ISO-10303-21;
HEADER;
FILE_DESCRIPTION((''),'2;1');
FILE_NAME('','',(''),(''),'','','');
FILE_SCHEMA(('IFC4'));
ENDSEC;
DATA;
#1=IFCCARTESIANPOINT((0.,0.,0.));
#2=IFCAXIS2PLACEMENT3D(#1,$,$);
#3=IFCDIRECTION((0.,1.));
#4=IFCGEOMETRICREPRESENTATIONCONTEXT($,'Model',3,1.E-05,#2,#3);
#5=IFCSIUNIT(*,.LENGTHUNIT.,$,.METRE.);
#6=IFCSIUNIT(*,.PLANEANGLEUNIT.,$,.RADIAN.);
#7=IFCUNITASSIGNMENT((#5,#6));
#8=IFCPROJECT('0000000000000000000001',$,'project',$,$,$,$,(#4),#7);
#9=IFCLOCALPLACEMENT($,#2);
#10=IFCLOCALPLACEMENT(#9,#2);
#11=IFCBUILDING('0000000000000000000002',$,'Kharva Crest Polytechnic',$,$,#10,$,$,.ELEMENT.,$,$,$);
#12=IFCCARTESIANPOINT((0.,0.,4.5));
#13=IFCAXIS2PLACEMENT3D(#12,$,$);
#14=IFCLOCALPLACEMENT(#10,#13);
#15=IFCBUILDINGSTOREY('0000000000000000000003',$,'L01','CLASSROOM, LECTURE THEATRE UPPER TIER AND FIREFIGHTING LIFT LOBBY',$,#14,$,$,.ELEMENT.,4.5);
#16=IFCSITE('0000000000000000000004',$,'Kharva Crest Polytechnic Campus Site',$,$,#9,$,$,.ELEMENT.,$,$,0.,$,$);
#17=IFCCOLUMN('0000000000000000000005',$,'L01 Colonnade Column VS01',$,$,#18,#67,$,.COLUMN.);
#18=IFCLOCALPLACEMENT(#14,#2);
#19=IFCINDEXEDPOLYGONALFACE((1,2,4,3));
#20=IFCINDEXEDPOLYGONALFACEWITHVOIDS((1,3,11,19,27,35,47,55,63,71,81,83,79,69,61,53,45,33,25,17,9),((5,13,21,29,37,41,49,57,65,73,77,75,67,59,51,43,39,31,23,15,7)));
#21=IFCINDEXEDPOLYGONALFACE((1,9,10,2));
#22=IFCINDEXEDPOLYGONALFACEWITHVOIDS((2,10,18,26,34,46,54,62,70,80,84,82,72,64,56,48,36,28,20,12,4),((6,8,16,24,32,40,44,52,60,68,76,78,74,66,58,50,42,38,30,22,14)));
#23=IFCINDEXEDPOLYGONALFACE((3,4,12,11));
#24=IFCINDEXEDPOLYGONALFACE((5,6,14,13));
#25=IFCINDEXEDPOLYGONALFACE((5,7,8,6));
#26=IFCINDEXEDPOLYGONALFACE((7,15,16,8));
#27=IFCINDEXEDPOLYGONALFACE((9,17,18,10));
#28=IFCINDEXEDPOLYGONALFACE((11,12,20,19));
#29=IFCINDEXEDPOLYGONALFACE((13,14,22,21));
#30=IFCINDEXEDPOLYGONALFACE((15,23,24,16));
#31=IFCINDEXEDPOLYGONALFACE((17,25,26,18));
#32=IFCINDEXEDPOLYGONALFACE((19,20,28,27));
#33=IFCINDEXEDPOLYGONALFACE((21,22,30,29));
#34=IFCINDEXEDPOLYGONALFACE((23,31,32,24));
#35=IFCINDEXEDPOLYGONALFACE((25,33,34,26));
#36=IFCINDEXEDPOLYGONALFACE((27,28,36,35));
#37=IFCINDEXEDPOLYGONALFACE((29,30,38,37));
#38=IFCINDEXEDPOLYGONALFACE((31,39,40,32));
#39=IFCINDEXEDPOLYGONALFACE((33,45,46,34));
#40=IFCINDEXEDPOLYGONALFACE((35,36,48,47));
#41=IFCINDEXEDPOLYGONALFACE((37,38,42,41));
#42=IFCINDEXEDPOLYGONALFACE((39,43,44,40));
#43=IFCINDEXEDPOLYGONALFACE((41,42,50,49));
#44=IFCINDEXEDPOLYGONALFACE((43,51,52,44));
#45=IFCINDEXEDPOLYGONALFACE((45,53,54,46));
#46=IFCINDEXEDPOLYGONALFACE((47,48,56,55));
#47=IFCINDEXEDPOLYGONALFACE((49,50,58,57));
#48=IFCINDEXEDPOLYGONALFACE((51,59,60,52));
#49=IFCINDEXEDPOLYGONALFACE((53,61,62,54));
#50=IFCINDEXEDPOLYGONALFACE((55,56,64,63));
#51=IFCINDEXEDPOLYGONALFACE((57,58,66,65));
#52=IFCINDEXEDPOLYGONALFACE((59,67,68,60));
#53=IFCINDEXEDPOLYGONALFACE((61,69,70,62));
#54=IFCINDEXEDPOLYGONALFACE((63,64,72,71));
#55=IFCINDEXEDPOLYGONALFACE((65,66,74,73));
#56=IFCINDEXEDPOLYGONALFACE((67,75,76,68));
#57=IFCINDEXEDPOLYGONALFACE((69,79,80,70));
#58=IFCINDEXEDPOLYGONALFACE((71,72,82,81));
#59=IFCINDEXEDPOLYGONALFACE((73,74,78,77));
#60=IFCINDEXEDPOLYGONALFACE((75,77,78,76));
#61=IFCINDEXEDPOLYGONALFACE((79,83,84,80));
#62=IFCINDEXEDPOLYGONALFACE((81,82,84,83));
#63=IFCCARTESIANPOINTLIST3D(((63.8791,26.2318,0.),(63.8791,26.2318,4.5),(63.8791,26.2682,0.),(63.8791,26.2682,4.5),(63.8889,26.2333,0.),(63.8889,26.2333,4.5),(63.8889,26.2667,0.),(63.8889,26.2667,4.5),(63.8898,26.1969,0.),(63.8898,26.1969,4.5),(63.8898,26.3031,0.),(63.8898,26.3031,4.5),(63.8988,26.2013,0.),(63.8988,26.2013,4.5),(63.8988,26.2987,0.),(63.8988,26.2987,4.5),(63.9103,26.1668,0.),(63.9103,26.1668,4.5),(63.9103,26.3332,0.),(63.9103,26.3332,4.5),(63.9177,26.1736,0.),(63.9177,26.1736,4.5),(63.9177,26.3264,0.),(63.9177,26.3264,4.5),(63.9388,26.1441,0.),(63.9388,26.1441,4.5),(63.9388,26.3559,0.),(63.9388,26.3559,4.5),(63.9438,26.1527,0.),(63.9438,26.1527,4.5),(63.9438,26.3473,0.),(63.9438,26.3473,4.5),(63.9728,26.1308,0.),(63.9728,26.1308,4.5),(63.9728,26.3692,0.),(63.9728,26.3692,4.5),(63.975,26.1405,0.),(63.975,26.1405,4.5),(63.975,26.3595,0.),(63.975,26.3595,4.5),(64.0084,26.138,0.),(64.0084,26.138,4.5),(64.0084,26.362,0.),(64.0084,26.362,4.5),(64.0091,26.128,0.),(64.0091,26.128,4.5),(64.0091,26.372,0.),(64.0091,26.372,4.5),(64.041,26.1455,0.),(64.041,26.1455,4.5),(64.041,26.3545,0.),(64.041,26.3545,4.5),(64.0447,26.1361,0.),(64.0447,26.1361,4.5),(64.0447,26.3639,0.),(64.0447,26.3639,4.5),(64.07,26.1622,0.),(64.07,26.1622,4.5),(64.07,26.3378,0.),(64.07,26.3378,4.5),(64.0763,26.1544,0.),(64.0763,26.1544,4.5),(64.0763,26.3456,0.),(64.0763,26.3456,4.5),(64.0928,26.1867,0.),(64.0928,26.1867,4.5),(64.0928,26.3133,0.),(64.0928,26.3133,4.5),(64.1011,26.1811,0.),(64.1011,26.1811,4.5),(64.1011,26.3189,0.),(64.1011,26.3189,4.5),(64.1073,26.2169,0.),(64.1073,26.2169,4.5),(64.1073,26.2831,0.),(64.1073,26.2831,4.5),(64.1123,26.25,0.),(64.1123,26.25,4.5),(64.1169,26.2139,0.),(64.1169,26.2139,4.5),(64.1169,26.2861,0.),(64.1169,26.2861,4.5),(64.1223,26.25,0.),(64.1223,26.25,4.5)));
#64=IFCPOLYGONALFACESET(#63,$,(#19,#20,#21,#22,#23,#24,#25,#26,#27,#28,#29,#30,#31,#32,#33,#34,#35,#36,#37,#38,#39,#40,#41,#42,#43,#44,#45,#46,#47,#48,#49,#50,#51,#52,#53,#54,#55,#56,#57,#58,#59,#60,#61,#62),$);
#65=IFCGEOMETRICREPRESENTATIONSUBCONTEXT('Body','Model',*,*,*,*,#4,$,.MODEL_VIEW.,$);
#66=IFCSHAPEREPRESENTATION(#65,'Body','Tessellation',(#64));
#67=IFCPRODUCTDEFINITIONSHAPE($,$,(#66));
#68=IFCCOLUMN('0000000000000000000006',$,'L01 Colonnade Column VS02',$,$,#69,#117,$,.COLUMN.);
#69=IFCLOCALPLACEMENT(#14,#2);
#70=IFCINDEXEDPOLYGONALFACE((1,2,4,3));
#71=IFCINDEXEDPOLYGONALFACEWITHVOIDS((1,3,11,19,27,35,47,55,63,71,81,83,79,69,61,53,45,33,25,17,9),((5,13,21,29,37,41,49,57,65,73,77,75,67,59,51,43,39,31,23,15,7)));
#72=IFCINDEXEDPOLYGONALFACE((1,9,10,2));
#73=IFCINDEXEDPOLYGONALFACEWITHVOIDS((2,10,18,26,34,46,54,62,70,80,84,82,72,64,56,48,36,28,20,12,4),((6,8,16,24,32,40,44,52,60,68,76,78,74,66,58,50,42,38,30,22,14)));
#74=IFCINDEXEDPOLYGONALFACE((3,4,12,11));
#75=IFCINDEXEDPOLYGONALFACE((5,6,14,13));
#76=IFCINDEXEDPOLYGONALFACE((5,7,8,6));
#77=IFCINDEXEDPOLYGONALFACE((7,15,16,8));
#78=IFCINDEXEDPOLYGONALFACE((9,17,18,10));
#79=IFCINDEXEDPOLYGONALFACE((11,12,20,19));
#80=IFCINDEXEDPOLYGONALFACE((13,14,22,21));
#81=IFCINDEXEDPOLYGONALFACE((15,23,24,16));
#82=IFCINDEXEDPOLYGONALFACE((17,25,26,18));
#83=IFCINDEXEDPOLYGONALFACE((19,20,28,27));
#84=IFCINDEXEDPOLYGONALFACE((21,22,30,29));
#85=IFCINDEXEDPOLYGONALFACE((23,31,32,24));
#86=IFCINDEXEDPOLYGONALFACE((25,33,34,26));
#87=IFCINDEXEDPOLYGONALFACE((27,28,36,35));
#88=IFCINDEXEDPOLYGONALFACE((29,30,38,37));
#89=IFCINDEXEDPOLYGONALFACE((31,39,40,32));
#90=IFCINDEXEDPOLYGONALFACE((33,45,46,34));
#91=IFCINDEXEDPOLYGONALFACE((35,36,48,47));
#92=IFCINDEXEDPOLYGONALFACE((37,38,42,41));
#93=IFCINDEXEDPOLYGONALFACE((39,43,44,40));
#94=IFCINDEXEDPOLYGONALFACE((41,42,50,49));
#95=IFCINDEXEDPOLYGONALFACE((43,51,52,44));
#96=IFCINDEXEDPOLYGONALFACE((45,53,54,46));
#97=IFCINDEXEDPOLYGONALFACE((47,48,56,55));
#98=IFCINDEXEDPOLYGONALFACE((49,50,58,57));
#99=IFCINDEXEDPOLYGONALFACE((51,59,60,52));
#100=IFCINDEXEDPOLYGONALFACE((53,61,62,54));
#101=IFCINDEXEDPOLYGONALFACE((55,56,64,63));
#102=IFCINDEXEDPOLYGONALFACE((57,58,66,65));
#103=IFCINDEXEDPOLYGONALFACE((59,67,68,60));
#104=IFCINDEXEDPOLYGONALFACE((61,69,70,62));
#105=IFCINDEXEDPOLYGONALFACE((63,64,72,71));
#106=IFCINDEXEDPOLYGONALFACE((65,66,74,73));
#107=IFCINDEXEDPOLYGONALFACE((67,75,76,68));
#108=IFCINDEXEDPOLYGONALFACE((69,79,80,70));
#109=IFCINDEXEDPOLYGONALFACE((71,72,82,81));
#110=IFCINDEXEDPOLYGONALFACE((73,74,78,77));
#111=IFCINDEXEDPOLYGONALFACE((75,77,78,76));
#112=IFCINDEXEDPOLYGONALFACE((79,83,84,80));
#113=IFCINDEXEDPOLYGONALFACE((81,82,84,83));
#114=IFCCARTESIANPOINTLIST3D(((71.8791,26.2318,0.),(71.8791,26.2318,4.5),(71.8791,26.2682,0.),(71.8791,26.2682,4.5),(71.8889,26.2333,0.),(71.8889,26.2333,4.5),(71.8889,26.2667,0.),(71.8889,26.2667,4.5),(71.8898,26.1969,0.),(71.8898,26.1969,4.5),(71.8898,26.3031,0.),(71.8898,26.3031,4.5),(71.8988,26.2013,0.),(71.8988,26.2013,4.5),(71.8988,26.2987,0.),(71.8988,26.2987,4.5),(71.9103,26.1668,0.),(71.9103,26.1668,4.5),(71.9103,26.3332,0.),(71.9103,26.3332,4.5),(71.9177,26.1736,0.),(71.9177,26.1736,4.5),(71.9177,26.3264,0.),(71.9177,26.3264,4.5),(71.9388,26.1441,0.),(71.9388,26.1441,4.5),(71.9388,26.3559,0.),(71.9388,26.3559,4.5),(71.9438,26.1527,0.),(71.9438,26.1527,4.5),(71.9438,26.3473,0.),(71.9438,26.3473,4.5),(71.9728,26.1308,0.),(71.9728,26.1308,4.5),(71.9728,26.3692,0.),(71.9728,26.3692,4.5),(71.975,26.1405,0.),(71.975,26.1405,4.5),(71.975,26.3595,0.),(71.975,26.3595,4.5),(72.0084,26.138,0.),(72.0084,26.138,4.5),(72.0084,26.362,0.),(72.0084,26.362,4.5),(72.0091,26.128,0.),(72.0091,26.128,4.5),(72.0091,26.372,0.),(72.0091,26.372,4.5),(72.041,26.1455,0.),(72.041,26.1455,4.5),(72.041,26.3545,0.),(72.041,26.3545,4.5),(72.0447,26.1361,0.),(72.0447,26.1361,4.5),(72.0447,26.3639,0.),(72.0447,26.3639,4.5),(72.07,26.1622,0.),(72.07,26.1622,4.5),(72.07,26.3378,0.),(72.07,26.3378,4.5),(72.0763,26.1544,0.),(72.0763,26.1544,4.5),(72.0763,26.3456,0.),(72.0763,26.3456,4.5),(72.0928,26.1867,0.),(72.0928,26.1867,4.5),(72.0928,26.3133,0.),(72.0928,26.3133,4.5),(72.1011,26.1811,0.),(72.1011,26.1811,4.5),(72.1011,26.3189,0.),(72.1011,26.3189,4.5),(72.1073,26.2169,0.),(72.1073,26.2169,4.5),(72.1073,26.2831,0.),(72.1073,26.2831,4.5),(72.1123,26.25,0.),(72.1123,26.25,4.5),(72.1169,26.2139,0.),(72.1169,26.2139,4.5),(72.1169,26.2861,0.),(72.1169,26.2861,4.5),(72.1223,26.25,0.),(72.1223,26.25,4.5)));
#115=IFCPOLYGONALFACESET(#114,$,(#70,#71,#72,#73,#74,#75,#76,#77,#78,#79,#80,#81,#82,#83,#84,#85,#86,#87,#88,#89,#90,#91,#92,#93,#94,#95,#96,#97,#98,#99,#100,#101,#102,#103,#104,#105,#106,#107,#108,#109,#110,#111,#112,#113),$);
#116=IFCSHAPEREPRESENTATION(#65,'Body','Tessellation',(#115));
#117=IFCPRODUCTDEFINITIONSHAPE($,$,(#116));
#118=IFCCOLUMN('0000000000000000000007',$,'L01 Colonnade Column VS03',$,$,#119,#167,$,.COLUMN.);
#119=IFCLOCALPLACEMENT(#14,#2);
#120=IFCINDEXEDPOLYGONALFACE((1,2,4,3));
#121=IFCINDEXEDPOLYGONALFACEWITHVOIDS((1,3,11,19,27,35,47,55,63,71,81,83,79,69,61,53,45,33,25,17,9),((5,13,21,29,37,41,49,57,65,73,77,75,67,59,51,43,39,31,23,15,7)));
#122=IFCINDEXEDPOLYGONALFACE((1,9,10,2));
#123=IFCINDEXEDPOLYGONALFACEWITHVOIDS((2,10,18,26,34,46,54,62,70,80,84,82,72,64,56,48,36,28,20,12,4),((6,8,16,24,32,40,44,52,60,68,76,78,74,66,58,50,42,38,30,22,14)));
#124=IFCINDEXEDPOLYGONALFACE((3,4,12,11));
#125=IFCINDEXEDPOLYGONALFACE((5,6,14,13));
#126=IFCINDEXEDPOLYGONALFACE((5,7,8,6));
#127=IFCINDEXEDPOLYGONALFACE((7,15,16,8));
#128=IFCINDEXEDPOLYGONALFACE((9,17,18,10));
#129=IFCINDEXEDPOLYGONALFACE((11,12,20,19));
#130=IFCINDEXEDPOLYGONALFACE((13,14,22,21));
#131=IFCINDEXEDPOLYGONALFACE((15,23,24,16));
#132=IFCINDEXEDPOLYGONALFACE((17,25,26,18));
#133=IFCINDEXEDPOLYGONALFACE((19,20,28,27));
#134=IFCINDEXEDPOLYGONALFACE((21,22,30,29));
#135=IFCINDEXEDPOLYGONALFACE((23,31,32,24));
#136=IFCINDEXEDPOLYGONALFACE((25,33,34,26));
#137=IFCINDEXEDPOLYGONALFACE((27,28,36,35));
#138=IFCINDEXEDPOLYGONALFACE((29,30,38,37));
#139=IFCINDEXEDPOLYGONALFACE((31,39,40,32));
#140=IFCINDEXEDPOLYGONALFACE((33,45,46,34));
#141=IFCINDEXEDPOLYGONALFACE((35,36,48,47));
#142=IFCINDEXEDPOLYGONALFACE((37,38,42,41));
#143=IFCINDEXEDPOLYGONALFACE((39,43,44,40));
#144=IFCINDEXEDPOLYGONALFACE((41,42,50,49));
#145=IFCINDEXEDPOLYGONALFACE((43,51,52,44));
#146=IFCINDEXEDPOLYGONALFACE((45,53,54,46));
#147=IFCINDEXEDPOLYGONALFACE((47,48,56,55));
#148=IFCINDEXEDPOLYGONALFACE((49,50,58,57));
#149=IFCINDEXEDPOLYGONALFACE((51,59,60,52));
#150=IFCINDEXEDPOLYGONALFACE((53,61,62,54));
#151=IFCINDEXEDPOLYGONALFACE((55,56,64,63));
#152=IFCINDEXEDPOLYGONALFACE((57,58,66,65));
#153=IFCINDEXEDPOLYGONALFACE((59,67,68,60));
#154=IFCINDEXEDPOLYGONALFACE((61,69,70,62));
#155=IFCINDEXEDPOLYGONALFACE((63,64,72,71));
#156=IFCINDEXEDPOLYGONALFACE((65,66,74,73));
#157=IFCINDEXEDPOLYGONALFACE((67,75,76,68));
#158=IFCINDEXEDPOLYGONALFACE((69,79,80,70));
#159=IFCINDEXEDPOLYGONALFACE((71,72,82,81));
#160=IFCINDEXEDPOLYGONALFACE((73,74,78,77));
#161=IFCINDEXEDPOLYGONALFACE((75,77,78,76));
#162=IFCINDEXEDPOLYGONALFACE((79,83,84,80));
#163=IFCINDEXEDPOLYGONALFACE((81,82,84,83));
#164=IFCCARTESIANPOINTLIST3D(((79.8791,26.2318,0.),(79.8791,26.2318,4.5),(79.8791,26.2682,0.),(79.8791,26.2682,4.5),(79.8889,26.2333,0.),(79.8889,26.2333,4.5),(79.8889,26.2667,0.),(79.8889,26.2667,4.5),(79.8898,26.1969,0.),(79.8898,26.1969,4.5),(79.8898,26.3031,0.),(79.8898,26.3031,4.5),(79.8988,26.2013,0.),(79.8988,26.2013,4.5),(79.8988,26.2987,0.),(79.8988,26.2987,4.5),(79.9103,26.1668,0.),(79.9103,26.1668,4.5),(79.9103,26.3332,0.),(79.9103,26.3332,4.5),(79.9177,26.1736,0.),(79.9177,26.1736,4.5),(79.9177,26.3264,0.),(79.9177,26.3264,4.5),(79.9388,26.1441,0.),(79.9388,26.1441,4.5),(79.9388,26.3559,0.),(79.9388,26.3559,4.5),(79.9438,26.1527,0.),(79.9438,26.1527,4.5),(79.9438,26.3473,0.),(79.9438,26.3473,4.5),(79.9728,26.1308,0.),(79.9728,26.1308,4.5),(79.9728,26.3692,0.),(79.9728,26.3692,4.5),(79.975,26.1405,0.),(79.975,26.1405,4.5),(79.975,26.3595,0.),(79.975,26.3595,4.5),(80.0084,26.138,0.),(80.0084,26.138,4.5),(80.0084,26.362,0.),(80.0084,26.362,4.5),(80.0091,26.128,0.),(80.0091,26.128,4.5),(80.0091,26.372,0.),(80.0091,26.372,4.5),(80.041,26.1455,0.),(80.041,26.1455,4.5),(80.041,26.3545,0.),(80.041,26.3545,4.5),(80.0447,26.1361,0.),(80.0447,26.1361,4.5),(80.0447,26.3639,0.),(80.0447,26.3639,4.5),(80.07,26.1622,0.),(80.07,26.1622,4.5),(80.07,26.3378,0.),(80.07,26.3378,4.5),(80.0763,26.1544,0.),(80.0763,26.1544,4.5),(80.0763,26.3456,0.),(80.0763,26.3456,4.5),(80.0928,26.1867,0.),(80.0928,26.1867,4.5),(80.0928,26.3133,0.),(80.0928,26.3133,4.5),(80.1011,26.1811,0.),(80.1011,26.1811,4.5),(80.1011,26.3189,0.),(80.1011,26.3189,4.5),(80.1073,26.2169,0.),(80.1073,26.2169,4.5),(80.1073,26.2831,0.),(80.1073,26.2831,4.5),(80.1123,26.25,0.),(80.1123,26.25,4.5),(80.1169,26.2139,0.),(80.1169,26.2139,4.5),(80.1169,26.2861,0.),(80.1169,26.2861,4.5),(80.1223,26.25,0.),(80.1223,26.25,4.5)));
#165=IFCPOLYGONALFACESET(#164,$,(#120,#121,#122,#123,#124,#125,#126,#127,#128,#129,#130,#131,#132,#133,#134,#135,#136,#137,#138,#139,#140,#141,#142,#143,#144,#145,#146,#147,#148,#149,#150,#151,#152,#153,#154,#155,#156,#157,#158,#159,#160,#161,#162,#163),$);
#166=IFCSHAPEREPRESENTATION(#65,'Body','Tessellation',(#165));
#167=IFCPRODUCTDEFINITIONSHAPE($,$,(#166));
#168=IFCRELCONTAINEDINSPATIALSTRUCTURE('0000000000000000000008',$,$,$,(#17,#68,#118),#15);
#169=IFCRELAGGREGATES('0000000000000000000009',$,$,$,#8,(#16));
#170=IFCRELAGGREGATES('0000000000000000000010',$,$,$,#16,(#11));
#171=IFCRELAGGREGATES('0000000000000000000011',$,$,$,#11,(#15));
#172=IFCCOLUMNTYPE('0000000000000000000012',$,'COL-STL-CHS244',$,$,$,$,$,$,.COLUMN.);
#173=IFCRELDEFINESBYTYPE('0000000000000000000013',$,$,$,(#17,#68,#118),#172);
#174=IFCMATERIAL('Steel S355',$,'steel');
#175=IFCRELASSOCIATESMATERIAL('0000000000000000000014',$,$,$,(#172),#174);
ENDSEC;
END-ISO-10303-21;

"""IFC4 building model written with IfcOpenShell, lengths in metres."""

from ifc_helpers import new_model, si_unit, direction, frame, origin, origin_2d, place, context, subcontext, project, spatial, hollow_circle, extrude, material, material_profile, profile_set, type_object, element, save


model = new_model("IFC4")

# Units and contexts
model_context = context("Model", 3, precision=1e-05, world=origin(), true_north=direction((0.0, 1.0)))
body_context = subcontext(model_context, "Body", "Model", "MODEL_VIEW")
ifc_project = project(units=[si_unit("LENGTHUNIT", "METRE"), si_unit("PLANEANGLEUNIT", "RADIAN")], contexts=[model_context])

# Site, building, storey
site_placement = place(None, origin())
site = spatial("IfcSite", under=ifc_project, at=site_placement, Name="Kharva Crest Polytechnic Campus Site", CompositionType="ELEMENT", RefElevation=0.0)
building_placement = place(site_placement, origin())
building = spatial("IfcBuilding", under=site, at=building_placement, Name="Kharva Crest Polytechnic", CompositionType="ELEMENT")
storey_placement = place(building_placement, frame((0.0, 0.0, 4.5)))
storey = spatial("IfcBuildingStorey", under=building, at=storey_placement, Name="L01", Description="CLASSROOM, LECTURE THEATRE UPPER TIER AND FIREFIGHTING LIFT LOBBY", CompositionType="ELEMENT", Elevation=4.5)

# Columns
ifc_material_1 = material(Name="Steel S355", Category="steel")
ifc_material_profile_1 = material_profile(ifc_material_1, hollow_circle(Radius=0.1223, WallThickness=0.01, at=origin_2d()), Name="CHS 244.5X10.0")
ifc_profile_set_1 = profile_set([ifc_material_profile_1], Name="Steel S355")
column_type = type_object("IfcColumnType", Name="COL-STL-CHS244", PredefinedType="COLUMN", material=ifc_profile_set_1)
for number, where, z_axis, x_axis, name in (
    (1, (64.0, 26.25, 0.0), (0.0, 0.0, 1.0), (1.0, 0.0, 0.0), "L01 Colonnade Column VS01"),
    (2, (72.0, 26.25, 0.0), (0.0, 0.0, 1.0), (1.0, 0.0, 0.0), "L01 Colonnade Column VS02"),
    (3, (80.0, 26.25, 0.0), (0.0, 0.0, 1.0), (1.0, 0.0, 0.0), "L01 Colonnade Column VS03"),
):
    element("IfcColumn", number, at=place(storey_placement, frame(where, z_axis=z_axis, x_axis=x_axis)), inside=storey, type_object=column_type, Name=name, PredefinedType="COLUMN", context=body_context, shape_type="SweptSolid", body=[
        extrude(hollow_circle(Radius=0.1223, WallThickness=0.01, at=origin_2d()), origin(), (0.0, 0.0, 1.0), 4.5),
    ])

save(model, "model.ifc")
